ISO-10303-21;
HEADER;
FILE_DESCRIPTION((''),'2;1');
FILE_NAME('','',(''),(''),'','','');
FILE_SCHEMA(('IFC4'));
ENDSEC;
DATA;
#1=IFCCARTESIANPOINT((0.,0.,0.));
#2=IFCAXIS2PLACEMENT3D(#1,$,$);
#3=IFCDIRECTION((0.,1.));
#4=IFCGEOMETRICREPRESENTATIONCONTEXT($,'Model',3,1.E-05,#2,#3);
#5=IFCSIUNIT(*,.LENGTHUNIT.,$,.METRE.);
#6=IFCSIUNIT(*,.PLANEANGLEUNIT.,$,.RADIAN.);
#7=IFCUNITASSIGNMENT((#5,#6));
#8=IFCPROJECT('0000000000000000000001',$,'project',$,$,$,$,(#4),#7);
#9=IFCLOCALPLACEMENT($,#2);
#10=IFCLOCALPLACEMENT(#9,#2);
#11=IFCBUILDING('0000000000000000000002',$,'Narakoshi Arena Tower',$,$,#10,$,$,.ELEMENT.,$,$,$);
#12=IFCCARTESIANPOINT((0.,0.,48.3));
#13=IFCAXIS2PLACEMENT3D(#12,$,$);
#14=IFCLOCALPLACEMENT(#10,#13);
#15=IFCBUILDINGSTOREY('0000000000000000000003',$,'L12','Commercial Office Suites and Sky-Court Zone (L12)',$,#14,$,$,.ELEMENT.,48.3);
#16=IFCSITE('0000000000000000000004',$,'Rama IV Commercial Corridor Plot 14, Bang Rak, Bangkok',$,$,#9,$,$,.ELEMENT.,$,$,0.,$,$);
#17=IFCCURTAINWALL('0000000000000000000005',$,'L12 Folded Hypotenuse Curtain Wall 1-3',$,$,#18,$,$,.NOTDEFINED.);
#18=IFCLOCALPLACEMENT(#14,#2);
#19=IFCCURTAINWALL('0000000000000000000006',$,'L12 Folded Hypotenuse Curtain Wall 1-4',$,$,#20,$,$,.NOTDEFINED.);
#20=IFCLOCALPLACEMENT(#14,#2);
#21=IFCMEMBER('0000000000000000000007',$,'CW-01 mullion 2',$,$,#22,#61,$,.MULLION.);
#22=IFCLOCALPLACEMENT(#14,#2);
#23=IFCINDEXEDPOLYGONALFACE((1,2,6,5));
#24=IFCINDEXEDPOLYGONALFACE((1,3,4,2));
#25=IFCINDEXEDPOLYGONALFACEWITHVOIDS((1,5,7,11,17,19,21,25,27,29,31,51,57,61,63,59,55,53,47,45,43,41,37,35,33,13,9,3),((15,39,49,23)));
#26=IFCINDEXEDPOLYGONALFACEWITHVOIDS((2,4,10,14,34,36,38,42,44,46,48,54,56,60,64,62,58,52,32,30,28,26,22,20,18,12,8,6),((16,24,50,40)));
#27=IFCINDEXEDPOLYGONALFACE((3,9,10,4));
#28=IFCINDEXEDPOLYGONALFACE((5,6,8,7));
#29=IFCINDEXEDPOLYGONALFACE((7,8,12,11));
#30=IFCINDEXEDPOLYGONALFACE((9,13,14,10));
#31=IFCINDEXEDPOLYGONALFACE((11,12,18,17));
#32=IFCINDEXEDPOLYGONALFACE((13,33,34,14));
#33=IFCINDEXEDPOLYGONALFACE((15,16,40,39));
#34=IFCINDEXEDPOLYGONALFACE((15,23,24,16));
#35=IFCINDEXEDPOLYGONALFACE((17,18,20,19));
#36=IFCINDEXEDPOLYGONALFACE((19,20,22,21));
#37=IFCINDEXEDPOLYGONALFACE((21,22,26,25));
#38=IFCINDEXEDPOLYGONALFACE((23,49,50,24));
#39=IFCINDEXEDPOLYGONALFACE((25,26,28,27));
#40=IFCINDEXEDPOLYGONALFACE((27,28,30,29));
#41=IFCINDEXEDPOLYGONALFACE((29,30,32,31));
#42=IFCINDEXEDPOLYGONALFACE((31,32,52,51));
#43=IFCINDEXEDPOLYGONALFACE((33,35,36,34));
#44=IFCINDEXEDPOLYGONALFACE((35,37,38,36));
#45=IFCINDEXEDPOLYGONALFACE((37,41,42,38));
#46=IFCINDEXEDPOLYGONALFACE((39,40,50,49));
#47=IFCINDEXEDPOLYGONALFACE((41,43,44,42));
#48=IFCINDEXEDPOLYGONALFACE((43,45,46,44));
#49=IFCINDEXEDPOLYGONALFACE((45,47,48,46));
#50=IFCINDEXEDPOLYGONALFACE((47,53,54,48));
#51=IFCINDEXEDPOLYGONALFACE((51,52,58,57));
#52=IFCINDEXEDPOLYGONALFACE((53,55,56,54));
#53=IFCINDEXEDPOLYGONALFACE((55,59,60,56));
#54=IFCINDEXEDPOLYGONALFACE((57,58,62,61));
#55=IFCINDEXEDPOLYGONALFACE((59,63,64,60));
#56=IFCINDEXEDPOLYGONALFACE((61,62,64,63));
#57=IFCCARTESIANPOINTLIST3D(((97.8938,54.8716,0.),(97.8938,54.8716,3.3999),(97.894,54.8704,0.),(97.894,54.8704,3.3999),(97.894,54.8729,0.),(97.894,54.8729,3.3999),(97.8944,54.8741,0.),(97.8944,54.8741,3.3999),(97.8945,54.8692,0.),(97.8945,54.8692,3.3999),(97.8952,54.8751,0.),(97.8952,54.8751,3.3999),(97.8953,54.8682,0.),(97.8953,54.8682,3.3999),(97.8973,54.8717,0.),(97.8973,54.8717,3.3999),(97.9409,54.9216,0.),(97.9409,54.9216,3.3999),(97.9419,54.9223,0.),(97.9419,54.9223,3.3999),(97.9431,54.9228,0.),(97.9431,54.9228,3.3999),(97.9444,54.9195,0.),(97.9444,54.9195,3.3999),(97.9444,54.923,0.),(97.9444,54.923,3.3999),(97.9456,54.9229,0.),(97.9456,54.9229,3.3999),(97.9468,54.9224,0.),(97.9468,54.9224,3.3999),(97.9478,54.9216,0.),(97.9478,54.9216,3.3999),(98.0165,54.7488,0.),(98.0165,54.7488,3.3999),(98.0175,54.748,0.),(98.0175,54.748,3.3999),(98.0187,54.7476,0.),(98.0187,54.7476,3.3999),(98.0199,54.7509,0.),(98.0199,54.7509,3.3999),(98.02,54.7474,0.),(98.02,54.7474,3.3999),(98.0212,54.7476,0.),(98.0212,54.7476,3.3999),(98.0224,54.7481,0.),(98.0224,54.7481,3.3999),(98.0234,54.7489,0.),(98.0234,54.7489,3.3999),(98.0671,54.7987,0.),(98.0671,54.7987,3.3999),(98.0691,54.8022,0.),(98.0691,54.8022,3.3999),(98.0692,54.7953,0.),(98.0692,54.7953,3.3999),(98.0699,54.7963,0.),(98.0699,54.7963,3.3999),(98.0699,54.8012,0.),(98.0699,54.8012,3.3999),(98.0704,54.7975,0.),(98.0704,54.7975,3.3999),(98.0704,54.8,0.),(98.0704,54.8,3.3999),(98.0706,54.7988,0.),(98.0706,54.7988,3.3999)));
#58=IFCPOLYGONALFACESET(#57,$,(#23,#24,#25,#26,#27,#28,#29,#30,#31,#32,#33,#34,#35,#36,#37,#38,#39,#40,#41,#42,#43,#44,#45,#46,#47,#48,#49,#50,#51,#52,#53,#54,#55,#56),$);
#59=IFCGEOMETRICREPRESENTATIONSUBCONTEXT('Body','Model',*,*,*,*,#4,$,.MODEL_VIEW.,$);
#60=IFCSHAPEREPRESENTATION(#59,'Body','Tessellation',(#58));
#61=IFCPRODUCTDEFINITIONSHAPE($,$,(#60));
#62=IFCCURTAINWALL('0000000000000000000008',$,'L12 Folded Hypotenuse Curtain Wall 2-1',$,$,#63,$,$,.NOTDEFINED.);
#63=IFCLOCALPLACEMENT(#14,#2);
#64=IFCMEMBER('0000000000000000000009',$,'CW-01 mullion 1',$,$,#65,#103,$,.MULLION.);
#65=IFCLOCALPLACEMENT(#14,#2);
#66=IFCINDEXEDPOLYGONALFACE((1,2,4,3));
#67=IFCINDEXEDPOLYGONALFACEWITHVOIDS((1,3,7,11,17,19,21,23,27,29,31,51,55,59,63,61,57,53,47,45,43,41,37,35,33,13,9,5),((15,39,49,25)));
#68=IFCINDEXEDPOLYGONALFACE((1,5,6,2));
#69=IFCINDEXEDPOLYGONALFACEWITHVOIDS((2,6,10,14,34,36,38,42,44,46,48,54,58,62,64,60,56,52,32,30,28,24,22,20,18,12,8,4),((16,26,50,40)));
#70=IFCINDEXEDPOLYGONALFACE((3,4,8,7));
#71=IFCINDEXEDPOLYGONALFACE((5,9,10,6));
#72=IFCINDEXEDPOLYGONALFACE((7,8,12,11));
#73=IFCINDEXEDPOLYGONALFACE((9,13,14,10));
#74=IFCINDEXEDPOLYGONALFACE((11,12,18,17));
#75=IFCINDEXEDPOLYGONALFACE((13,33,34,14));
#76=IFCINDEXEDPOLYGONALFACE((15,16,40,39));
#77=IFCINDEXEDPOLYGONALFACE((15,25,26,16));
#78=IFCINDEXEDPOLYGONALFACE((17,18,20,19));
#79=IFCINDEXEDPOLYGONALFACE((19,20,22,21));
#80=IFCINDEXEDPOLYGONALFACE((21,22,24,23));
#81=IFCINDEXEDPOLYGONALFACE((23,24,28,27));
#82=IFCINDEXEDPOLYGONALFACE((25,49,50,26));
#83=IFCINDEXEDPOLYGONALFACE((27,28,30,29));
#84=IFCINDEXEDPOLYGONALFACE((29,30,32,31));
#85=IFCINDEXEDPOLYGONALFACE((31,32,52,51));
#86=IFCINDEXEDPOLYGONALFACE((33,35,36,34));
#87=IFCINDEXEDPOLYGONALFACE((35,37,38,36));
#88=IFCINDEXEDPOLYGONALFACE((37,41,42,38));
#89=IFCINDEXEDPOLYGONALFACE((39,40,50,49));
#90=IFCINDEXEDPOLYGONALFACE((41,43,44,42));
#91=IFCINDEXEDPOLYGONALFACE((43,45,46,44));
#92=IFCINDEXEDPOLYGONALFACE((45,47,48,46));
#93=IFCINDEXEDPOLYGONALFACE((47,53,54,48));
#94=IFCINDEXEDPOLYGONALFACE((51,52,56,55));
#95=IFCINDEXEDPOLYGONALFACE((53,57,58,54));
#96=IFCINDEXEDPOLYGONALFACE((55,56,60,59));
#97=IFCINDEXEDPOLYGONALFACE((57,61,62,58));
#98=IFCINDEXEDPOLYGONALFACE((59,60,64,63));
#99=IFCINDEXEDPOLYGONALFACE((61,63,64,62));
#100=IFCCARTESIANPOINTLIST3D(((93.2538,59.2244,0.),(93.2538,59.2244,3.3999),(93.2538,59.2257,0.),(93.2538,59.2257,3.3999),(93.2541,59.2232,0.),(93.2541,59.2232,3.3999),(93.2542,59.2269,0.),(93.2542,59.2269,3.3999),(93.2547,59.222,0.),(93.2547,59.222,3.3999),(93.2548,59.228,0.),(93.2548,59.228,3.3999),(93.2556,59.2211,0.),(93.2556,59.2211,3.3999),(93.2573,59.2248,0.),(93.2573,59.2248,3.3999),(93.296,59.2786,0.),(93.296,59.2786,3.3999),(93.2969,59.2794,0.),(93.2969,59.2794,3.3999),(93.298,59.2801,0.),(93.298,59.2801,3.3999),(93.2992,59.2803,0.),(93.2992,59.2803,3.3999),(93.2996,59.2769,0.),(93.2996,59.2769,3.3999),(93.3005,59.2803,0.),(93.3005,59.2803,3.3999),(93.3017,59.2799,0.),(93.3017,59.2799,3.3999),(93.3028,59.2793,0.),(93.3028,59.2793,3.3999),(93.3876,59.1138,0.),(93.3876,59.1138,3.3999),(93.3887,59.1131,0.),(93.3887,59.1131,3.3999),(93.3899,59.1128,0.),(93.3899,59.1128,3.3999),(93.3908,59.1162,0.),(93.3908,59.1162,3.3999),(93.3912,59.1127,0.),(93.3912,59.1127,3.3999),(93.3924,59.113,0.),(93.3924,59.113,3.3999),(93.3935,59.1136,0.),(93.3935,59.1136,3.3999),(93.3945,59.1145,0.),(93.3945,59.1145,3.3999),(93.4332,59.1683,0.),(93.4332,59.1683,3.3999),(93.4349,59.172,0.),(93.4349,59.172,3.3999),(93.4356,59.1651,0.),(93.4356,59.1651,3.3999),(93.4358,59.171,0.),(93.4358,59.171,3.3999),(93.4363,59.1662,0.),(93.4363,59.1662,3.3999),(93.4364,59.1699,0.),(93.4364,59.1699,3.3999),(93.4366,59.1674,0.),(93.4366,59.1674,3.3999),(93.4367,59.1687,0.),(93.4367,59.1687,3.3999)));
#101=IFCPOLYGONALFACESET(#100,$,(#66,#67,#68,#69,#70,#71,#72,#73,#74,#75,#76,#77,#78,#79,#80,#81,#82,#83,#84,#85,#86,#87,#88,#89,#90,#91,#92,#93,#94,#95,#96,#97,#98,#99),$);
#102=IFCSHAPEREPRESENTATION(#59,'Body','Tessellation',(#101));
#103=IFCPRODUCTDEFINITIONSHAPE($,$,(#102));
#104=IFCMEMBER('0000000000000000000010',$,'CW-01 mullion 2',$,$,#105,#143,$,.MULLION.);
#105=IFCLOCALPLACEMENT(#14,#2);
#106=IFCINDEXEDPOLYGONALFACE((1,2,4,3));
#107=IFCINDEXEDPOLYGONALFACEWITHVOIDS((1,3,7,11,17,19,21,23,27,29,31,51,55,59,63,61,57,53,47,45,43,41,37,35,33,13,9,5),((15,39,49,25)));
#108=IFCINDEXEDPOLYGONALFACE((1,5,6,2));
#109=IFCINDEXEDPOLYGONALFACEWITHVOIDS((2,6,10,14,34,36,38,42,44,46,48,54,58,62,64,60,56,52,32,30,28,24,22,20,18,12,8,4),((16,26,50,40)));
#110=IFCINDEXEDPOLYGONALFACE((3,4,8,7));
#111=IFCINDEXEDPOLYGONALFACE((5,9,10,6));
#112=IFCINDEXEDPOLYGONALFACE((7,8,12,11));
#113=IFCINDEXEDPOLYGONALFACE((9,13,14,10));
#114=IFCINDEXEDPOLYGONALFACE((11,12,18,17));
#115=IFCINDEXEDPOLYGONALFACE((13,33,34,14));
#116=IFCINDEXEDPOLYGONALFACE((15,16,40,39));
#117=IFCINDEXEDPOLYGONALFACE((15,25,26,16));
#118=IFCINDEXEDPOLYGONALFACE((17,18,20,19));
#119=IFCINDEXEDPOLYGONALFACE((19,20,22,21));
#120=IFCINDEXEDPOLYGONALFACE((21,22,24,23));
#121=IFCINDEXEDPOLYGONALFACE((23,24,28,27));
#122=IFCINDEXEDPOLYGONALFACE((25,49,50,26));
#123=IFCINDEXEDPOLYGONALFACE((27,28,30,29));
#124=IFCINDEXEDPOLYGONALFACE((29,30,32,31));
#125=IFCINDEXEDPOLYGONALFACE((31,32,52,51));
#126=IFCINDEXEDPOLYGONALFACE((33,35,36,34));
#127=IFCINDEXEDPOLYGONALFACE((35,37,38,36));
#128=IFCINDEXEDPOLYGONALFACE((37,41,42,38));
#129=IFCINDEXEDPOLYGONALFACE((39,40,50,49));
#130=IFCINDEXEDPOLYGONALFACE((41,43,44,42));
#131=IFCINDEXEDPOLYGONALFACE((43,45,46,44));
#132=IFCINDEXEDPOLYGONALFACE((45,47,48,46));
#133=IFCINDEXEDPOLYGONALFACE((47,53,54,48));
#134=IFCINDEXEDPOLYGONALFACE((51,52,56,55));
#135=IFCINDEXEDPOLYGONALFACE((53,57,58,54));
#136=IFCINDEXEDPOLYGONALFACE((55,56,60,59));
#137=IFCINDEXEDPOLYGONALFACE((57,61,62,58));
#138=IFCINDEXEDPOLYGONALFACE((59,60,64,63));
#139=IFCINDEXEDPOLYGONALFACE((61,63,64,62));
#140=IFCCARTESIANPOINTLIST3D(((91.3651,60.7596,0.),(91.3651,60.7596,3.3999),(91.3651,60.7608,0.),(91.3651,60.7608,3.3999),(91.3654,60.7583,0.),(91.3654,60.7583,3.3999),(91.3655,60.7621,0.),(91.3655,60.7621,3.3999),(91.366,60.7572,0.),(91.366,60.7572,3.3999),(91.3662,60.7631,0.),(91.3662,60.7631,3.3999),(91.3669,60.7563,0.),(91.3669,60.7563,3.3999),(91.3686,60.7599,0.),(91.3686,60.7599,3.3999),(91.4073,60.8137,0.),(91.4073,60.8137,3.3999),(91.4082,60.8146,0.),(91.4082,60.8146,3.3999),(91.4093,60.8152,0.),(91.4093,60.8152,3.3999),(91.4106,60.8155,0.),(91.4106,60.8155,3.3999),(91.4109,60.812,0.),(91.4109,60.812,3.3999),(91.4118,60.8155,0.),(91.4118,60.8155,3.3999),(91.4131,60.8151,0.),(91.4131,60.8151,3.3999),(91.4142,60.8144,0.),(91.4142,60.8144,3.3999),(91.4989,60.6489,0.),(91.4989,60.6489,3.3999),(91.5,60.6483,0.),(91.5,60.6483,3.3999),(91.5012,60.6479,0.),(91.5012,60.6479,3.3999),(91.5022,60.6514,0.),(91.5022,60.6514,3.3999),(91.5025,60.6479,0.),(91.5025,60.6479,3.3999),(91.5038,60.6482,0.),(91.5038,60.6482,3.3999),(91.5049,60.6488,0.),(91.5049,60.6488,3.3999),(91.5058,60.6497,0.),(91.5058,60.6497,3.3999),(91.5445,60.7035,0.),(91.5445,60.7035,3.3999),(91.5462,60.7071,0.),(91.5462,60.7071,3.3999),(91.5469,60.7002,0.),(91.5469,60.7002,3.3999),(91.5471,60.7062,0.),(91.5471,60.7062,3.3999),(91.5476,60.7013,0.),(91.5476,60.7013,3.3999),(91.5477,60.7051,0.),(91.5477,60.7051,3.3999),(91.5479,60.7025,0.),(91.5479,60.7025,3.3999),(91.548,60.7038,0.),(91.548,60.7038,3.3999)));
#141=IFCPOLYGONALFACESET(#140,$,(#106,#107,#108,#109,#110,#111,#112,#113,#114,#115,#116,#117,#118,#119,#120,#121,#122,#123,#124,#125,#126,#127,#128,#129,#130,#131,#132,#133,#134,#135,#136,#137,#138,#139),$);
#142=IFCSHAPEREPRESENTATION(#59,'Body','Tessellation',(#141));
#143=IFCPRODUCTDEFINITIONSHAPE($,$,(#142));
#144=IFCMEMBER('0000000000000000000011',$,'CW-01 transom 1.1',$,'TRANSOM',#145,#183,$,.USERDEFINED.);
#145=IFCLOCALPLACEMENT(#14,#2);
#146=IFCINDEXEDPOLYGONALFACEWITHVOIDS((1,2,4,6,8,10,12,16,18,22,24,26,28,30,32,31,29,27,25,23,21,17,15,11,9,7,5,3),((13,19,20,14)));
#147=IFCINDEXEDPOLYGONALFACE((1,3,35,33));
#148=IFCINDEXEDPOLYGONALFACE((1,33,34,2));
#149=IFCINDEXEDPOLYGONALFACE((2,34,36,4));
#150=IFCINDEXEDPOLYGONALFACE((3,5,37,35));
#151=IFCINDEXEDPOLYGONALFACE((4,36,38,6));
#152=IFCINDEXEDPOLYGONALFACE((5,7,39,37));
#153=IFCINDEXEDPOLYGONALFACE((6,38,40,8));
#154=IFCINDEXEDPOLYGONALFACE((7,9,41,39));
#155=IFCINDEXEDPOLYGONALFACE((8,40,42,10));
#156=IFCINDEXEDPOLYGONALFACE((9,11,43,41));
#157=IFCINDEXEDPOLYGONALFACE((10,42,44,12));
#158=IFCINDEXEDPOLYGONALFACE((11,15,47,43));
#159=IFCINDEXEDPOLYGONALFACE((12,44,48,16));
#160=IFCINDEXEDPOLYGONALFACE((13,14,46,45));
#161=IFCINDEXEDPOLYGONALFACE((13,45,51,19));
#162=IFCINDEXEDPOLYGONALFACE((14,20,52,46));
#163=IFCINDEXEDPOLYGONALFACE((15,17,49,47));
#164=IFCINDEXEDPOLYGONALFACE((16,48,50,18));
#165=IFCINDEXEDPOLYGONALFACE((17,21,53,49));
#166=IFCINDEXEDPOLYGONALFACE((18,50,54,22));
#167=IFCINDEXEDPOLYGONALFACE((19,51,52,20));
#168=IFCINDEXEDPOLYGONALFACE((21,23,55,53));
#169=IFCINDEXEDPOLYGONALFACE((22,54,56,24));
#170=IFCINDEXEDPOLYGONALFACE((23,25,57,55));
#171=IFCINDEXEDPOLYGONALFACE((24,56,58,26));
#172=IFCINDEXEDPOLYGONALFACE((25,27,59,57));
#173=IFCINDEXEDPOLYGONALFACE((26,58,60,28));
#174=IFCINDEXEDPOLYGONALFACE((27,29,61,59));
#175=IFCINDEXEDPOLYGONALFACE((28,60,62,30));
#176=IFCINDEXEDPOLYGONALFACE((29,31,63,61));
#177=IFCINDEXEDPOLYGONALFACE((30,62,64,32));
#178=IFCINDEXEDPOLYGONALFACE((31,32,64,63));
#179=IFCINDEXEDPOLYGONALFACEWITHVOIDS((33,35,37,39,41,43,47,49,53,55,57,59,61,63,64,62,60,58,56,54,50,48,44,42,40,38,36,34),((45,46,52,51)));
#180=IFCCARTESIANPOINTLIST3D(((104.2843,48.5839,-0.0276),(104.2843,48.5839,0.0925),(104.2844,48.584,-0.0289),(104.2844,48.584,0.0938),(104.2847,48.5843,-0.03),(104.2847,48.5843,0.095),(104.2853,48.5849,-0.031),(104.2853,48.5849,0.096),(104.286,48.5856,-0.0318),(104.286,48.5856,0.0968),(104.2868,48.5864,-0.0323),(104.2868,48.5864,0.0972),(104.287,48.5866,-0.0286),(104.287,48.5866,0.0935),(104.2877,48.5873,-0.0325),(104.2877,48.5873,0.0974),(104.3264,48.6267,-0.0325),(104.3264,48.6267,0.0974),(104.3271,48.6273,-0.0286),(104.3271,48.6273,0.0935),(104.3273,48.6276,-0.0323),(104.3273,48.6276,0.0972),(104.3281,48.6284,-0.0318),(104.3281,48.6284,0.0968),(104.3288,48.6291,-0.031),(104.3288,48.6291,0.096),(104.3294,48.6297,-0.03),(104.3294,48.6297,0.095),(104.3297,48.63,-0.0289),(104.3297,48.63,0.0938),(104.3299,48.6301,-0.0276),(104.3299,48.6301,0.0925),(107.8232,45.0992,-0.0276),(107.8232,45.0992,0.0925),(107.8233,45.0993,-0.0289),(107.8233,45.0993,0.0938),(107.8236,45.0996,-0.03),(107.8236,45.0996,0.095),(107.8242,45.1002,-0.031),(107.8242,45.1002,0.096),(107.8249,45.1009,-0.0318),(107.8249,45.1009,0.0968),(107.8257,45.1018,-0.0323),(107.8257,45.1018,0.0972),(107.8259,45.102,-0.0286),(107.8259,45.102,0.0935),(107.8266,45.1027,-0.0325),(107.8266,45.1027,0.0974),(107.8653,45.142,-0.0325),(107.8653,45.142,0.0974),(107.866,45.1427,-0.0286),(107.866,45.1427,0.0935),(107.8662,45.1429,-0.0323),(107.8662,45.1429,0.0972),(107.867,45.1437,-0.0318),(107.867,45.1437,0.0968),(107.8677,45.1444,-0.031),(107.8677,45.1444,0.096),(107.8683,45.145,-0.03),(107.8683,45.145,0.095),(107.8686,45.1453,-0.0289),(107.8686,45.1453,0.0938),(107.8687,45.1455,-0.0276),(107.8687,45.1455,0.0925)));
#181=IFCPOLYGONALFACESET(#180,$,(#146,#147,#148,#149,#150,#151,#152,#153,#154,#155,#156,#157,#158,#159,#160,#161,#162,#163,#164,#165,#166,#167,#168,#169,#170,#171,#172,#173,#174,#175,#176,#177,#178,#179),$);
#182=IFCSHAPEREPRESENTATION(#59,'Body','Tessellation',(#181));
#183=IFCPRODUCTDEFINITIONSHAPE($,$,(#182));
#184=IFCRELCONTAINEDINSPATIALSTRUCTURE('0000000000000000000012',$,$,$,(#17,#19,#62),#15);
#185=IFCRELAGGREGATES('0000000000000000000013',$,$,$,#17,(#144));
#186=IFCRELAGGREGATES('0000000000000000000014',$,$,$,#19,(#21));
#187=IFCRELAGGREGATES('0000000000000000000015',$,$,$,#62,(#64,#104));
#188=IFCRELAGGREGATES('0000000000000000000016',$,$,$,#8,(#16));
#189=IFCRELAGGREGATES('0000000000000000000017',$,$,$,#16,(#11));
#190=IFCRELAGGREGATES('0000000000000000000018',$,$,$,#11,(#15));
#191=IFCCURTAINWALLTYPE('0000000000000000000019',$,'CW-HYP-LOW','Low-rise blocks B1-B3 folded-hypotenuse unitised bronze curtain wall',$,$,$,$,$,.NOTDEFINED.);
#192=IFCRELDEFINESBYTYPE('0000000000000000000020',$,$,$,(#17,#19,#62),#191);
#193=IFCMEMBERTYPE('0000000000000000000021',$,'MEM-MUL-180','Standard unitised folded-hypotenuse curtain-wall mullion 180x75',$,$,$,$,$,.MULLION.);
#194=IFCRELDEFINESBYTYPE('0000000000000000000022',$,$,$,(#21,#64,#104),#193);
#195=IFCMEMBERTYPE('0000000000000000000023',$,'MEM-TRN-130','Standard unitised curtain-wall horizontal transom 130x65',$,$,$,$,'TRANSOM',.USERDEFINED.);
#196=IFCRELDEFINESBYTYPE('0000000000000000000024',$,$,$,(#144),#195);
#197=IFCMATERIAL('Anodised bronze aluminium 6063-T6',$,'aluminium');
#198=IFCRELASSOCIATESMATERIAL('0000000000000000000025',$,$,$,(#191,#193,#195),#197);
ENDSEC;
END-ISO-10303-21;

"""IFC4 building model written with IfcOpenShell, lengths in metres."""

from ifc_helpers import new_model, si_unit, direction, frame, origin, origin_2d, place, context, subcontext, project, spatial, hollow_rectangle, extrude, material, material_profile, profile_set, type_object, element, aggregate, save


model = new_model("IFC4")

# Units and contexts
model_context = context("Model", 3, precision=1e-05, world=origin(), true_north=direction((0.0, 1.0)))
body_context = subcontext(model_context, "Body", "Model", "MODEL_VIEW")
ifc_project = project(units=[si_unit("LENGTHUNIT", "METRE"), si_unit("PLANEANGLEUNIT", "RADIAN")], contexts=[model_context])

# Site, building, storey
site_placement = place(None, origin())
site = spatial("IfcSite", under=ifc_project, at=site_placement, Name="Rama IV Commercial Corridor Plot 14, Bang Rak, Bangkok", CompositionType="ELEMENT", RefElevation=0.0)
building_placement = place(site_placement, origin())
building = spatial("IfcBuilding", under=site, at=building_placement, Name="Narakoshi Arena Tower", CompositionType="ELEMENT")
storey_placement = place(building_placement, frame((0.0, 0.0, 48.3)))
storey = spatial("IfcBuildingStorey", under=building, at=storey_placement, Name="L12", Description="Commercial Office Suites and Sky-Court Zone (L12)", CompositionType="ELEMENT", Elevation=48.3)

# Curtain walls, members
ifc_material_1 = material(Name="Anodised bronze aluminium 6063-T6", Category="aluminium")
curtain_wall_type = type_object("IfcCurtainWallType", Name="CW-HYP-LOW", Description="Low-rise blocks B1-B3 folded-hypotenuse unitised bronze curtain wall", PredefinedType="NOTDEFINED", material=ifc_material_1)
curtain_wall_1_placement = place(storey_placement, origin())
curtain_wall_1 = element("IfcCurtainWall", 1, at=curtain_wall_1_placement, inside=storey, type_object=curtain_wall_type, Name="L12 Folded Hypotenuse Curtain Wall 1-3", PredefinedType="NOTDEFINED")
ifc_material_profile_1 = material_profile(ifc_material_1, hollow_rectangle(XDim=0.075, YDim=0.1799, WallThickness=0.0039, OuterFilletRadius=0.0049, at=origin_2d()), Name="MUL180x75x4")
ifc_profile_set_1 = profile_set([ifc_material_profile_1], Name="Anodised bronze aluminium 6063-T6")
member_type_1 = type_object("IfcMemberType", Name="MEM-MUL-180", Description="Standard unitised folded-hypotenuse curtain-wall mullion 180x75", PredefinedType="MULLION", material=ifc_profile_set_1)
curtain_wall_2_placement = place(storey_placement, origin())
curtain_wall_2 = element("IfcCurtainWall", 2, at=curtain_wall_2_placement, inside=storey, type_object=curtain_wall_type, Name="L12 Folded Hypotenuse Curtain Wall 1-4", PredefinedType="NOTDEFINED")
member_1_placement = place(storey_placement, frame((97.9822, 54.8352, 0.0), z_axis=(0.0, 0.0, 1.0), x_axis=(-0.701633, -0.712539, 0.0)))
member_1 = element("IfcMember", 3, at=member_1_placement, type_object=member_type_1, Name="CW-01 mullion 2", PredefinedType="MULLION", context=body_context, shape_type="SweptSolid", body=[
    extrude(hollow_rectangle(XDim=0.075, YDim=0.1799, WallThickness=0.0039, OuterFilletRadius=0.0049, at=origin_2d()), origin(), (0.0, 0.0, 1.0), 3.3999),
])
curtain_wall_3_placement = place(storey_placement, origin())
curtain_wall_3 = element("IfcCurtainWall", 4, at=curtain_wall_3_placement, inside=storey, type_object=curtain_wall_type, Name="L12 Folded Hypotenuse Curtain Wall 2-1", PredefinedType="NOTDEFINED")
member_2_placement = place(storey_placement, frame((93.3452, 59.1965, 0.0), z_axis=(0.0, 0.0, 1.0), x_axis=(-0.630723, -0.776008, 0.0)))
member_2 = element("IfcMember", 5, at=member_2_placement, type_object=member_type_1, Name="CW-01 mullion 1", PredefinedType="MULLION", context=body_context, shape_type="SweptSolid", body=[
    extrude(hollow_rectangle(XDim=0.075, YDim=0.1799, WallThickness=0.0039, OuterFilletRadius=0.0049, at=origin_2d()), origin(), (0.0, 0.0, 1.0), 3.3999),
])
member_3_placement = place(storey_placement, frame((91.4565, 60.7317, 0.0), z_axis=(0.0, 0.0, 1.0), x_axis=(-0.630723, -0.776008, 0.0)))
member_3 = element("IfcMember", 6, at=member_3_placement, type_object=member_type_1, Name="CW-01 mullion 2", PredefinedType="MULLION", context=body_context, shape_type="SweptSolid", body=[
    extrude(hollow_rectangle(XDim=0.075, YDim=0.1799, WallThickness=0.0039, OuterFilletRadius=0.0049, at=origin_2d()), origin(), (0.0, 0.0, 1.0), 3.3999),
])

# Member
ifc_material_profile_2 = material_profile(ifc_material_1, hollow_rectangle(XDim=0.0649, YDim=0.1299, WallThickness=0.0039, OuterFilletRadius=0.0049, at=origin_2d()), Name="TRN130x65x4")
ifc_profile_set_2 = profile_set([ifc_material_profile_2], Name="Anodised bronze aluminium 6063-T6")
member_type_2 = type_object("IfcMemberType", Name="MEM-TRN-130", Description="Standard unitised curtain-wall horizontal transom 130x65", ElementType="TRANSOM", PredefinedType="USERDEFINED", material=ifc_profile_set_2)
member_4_placement = place(storey_placement, frame((107.8459, 45.1223, 0.0325), z_axis=(-0.712542, 0.701629, 0.0), x_axis=(-0.701629, -0.712542, 0.0)))
member_4 = element("IfcMember", 7, at=member_4_placement, type_object=member_type_2, Name="CW-01 transom 1.1", ObjectType="TRANSOM", PredefinedType="USERDEFINED", context=body_context, shape_type="SweptSolid", body=[
    extrude(hollow_rectangle(XDim=0.0649, YDim=0.1299, WallThickness=0.0039, OuterFilletRadius=0.0049, at=origin_2d()), origin(), (0.0, 0.0, 1.0), 4.9666),
])

aggregate(curtain_wall_1, [member_4])
aggregate(curtain_wall_2, [member_1])
aggregate(curtain_wall_3, [member_2, member_3])

save(model, "model.ifc")
